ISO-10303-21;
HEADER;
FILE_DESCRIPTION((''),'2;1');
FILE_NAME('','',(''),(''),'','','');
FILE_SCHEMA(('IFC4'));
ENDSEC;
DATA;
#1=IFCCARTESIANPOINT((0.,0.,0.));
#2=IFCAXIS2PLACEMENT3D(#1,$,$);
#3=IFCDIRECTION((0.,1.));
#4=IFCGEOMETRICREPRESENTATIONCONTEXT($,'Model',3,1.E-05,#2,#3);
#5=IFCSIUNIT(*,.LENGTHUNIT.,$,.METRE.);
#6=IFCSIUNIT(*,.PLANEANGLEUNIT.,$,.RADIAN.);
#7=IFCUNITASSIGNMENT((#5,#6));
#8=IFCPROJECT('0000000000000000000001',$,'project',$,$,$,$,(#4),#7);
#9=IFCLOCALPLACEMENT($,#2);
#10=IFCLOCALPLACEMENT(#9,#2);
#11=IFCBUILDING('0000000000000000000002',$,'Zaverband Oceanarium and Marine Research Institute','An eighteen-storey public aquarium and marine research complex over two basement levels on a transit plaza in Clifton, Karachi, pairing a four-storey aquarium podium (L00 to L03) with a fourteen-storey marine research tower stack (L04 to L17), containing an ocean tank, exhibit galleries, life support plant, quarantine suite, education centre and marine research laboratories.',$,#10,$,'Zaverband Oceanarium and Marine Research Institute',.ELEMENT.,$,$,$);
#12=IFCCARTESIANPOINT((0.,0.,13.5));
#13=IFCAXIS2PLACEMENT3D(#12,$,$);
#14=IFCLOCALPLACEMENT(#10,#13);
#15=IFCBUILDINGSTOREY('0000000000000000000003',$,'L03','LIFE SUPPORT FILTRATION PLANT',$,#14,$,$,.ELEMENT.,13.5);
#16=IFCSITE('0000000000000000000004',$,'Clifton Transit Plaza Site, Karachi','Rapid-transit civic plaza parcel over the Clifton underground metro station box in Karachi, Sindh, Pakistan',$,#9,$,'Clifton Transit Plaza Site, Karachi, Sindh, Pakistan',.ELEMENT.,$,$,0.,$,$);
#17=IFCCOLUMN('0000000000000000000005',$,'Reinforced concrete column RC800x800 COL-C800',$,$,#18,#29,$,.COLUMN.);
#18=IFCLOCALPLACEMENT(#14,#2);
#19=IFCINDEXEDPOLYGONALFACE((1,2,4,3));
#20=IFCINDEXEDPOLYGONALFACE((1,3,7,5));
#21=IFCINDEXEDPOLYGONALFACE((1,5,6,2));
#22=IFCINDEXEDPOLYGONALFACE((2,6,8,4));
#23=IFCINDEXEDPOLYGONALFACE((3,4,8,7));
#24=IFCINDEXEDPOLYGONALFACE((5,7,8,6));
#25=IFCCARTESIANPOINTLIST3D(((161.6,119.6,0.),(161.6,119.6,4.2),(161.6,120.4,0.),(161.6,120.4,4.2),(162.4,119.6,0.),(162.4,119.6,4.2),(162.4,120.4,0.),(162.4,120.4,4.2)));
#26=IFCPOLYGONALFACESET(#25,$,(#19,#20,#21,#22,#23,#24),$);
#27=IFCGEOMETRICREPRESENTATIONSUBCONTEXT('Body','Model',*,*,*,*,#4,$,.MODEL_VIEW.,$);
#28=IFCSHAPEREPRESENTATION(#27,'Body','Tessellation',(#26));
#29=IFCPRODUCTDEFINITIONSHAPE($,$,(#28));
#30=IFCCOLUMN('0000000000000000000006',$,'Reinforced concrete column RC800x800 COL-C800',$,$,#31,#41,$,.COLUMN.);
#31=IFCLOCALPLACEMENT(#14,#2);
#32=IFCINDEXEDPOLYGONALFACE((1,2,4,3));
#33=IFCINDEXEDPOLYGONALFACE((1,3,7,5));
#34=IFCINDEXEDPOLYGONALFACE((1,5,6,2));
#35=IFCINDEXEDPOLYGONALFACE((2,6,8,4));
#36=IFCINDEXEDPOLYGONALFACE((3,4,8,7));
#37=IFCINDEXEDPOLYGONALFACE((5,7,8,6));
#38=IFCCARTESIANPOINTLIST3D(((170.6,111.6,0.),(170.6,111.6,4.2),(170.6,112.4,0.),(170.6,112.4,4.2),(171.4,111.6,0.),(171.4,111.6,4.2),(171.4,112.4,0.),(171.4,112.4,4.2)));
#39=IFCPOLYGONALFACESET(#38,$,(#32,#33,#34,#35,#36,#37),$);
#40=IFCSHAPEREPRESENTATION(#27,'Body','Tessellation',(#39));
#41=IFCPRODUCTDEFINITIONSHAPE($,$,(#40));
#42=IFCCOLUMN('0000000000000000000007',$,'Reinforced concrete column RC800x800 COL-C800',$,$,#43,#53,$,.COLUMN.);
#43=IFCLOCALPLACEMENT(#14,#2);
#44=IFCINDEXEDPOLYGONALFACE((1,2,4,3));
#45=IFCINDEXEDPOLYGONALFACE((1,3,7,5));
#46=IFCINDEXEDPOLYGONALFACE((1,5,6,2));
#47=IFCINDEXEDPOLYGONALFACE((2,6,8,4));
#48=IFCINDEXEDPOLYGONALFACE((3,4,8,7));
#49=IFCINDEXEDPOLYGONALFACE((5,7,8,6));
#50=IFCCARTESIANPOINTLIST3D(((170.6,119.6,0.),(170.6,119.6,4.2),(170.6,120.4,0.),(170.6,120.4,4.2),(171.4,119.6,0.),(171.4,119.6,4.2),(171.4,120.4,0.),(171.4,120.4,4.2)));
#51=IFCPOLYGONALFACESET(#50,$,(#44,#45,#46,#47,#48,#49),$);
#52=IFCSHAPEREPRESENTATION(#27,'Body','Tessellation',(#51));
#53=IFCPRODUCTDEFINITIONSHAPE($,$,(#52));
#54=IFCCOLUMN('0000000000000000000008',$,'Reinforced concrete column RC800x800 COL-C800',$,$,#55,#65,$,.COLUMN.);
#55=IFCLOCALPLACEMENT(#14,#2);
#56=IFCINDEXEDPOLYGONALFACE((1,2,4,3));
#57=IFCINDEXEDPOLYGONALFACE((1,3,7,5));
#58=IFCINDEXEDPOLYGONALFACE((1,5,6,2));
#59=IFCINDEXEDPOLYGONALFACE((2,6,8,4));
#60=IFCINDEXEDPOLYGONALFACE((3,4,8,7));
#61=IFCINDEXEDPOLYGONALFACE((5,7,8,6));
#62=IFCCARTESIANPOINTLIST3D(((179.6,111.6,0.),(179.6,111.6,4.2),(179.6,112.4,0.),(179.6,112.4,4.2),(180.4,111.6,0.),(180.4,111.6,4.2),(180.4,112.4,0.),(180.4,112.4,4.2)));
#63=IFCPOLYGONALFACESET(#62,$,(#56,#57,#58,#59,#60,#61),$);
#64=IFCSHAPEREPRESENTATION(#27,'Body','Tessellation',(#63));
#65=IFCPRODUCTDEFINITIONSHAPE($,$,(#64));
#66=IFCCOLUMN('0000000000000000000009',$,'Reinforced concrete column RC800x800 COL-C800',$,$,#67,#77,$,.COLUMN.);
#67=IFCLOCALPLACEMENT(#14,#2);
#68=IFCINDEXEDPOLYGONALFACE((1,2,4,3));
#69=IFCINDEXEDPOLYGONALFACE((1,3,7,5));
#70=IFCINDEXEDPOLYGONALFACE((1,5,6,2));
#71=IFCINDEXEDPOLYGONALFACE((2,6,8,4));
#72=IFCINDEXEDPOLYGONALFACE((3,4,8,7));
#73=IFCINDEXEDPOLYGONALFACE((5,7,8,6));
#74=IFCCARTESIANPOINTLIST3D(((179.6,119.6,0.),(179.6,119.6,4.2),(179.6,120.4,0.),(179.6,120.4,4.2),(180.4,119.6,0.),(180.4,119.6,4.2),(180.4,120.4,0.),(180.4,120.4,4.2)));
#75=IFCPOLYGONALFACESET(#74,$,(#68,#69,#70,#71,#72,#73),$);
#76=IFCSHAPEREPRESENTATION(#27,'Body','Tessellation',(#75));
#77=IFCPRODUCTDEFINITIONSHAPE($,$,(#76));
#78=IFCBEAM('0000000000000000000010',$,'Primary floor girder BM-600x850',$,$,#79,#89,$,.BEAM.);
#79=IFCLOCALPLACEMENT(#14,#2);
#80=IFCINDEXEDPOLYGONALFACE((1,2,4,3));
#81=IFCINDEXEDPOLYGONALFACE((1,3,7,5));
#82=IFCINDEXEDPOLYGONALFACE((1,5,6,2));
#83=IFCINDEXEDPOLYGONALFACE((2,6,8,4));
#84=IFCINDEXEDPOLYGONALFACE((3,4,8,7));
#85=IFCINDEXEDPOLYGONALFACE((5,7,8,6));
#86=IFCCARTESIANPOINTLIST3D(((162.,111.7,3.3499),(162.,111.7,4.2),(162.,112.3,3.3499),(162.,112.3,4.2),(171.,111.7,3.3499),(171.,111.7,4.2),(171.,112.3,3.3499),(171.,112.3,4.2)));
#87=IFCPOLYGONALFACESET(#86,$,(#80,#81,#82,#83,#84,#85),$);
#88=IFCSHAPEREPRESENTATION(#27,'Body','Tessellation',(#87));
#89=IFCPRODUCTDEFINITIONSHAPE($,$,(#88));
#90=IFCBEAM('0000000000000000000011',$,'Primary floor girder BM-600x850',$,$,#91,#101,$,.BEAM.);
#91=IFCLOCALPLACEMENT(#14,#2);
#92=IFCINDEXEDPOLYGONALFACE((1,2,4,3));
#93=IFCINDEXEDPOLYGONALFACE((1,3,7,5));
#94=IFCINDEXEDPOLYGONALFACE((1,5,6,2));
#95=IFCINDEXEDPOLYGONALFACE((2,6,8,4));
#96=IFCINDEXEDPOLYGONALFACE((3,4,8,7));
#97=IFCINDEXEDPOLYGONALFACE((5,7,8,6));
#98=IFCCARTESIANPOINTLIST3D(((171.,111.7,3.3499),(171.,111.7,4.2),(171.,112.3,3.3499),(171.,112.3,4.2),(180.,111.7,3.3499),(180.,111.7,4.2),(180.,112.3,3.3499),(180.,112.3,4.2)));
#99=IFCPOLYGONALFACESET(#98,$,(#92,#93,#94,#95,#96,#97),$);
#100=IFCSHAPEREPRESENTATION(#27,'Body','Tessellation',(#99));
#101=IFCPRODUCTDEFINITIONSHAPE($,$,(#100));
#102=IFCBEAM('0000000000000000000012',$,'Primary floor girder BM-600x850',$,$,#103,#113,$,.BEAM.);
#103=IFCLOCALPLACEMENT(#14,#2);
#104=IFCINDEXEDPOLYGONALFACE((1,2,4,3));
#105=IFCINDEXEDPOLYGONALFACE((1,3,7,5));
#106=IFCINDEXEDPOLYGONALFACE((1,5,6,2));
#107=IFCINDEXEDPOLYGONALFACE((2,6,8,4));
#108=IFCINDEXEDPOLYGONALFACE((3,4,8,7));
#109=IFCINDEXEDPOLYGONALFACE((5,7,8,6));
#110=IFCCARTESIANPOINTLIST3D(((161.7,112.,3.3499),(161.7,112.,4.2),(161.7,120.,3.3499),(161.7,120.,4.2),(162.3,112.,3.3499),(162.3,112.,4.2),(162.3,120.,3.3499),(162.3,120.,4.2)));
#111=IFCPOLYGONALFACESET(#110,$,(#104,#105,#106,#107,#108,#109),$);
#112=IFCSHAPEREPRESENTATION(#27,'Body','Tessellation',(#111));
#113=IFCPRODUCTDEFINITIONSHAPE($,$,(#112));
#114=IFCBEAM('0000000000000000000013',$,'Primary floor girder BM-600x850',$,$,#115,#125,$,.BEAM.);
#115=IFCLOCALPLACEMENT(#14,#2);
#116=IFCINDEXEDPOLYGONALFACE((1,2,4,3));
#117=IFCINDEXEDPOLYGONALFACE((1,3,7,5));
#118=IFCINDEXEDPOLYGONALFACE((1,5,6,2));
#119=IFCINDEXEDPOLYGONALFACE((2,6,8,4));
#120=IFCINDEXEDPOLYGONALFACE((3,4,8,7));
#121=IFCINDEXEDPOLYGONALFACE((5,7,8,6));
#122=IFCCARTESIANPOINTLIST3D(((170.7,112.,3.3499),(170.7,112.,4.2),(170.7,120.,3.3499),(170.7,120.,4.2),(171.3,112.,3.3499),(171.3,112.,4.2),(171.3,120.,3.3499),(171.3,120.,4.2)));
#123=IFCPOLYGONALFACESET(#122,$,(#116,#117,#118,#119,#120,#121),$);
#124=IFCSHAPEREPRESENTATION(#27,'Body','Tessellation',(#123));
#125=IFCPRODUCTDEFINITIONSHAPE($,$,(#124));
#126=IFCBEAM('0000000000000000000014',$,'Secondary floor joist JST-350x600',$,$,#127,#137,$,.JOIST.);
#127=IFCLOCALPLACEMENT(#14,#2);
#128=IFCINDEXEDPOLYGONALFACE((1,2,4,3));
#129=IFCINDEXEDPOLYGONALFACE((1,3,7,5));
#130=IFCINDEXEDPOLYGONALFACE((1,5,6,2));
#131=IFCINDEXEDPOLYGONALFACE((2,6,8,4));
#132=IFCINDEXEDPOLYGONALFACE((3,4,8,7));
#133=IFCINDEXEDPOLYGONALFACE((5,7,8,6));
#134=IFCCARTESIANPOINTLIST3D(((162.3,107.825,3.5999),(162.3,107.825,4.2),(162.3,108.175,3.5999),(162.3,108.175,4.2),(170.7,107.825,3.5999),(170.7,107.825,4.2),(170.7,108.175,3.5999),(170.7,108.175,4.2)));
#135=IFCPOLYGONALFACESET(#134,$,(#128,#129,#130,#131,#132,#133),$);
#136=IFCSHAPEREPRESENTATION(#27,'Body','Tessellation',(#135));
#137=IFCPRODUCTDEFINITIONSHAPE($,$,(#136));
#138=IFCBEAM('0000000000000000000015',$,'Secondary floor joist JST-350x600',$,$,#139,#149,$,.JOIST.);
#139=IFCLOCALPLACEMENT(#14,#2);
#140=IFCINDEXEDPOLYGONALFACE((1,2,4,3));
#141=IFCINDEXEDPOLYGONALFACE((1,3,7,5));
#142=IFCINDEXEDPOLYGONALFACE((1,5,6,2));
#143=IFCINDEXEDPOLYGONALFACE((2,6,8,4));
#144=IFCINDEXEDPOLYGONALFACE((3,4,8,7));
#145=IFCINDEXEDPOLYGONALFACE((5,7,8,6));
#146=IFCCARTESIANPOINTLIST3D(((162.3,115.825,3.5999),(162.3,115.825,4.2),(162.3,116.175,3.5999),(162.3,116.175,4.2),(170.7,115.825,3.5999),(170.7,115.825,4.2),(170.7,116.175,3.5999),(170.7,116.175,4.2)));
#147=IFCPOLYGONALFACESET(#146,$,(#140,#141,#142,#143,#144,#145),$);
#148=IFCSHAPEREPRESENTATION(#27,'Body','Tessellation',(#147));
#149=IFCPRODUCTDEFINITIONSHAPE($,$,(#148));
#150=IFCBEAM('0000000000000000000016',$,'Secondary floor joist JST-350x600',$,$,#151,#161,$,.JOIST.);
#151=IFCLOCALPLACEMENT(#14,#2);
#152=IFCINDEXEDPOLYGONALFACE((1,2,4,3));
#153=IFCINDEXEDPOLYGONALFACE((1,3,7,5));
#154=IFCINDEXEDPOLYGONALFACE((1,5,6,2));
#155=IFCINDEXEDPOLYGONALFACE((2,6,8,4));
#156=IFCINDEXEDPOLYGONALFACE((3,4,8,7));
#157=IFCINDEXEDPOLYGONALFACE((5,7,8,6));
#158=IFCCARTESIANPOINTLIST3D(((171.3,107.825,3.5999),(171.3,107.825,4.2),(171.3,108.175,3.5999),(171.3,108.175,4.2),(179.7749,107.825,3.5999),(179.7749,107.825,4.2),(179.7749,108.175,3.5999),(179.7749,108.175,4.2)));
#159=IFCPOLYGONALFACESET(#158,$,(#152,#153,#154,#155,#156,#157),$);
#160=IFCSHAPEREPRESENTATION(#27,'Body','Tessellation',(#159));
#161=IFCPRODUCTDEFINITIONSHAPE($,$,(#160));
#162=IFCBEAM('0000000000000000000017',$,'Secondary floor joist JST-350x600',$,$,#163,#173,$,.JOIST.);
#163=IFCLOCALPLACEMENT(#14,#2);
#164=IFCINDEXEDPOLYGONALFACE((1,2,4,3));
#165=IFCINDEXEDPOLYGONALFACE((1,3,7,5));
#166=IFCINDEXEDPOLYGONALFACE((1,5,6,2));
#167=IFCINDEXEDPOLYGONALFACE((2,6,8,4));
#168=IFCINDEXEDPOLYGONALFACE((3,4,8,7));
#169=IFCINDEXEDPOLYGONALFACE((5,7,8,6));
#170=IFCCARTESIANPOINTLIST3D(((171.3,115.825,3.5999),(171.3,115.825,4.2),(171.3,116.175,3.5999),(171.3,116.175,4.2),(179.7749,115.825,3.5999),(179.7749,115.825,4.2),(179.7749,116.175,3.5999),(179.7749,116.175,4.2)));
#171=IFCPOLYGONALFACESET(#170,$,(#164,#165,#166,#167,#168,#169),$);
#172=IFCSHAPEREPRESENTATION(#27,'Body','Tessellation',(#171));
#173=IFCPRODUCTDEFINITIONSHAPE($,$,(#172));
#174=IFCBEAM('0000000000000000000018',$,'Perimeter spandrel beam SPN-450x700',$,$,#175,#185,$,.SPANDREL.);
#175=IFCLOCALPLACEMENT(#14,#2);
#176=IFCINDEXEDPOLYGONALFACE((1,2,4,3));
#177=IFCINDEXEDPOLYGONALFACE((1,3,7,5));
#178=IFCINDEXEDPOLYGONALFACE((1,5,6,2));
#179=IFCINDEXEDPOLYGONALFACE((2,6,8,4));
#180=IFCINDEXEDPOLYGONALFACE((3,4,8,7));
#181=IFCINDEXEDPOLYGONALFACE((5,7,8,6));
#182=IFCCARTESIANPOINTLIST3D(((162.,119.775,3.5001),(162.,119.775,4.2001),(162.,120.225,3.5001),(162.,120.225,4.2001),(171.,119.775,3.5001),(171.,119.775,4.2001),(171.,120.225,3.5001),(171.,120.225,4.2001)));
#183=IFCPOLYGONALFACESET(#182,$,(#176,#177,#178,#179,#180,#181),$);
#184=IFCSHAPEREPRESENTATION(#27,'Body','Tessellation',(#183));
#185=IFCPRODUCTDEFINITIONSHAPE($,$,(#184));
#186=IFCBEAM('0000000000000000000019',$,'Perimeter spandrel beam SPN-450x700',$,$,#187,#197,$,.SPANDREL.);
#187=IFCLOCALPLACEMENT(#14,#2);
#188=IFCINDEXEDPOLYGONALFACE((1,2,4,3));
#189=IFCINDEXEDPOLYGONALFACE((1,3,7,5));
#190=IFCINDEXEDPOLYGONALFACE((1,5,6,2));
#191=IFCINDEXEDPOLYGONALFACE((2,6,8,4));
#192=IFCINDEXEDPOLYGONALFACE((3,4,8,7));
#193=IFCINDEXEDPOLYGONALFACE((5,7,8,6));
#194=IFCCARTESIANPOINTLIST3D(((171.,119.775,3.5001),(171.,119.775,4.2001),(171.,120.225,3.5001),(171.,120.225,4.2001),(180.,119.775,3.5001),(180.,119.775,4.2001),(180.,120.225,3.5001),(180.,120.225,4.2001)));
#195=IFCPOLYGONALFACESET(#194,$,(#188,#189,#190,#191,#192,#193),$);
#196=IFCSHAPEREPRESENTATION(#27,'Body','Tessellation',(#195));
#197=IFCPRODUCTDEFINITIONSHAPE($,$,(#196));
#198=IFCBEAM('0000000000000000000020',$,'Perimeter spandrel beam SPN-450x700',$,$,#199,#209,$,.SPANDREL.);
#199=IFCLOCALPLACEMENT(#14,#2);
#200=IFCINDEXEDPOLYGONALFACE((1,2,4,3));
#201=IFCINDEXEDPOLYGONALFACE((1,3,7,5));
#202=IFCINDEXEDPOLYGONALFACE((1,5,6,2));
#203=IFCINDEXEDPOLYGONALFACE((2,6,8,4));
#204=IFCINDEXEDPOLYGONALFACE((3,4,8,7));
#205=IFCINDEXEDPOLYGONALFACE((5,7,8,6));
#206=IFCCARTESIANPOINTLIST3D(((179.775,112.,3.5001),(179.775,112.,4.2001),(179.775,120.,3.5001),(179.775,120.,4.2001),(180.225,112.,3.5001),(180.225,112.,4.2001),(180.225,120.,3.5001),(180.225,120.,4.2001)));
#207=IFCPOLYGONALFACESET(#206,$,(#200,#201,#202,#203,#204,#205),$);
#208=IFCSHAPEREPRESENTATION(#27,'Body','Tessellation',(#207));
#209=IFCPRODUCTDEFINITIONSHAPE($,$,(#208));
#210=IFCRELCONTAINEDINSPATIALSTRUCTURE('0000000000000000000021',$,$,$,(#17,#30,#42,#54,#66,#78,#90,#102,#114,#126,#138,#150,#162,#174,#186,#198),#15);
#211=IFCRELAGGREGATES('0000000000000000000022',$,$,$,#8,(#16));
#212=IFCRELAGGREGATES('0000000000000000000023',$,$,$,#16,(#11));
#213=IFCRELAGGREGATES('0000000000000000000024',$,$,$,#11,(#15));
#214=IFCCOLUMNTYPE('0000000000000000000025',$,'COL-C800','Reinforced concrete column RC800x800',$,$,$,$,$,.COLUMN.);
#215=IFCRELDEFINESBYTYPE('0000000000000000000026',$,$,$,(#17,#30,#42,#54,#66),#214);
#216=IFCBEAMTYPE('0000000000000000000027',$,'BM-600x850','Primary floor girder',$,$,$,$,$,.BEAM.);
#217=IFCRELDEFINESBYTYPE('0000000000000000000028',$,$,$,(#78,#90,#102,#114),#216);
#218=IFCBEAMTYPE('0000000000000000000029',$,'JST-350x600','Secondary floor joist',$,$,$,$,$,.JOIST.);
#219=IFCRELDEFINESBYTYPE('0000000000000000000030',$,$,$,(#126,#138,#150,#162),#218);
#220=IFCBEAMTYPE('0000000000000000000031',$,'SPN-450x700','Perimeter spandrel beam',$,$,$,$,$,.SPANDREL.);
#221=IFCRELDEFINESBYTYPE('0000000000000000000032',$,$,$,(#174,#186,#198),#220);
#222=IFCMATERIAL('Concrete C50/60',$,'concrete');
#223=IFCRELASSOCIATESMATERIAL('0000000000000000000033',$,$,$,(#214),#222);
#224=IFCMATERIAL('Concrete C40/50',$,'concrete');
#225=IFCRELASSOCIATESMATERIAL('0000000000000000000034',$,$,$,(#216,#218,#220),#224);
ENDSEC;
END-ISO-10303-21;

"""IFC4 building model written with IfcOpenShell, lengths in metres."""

from ifc_helpers import new_model, si_unit, direction, frame, origin, origin_2d, place, context, subcontext, project, spatial, rectangle, extrude, material, material_profile, profile_set, type_object, element, save


model = new_model("IFC4")

# Units and contexts
model_context = context("Model", 3, precision=1e-05, world=origin(), true_north=direction((0.0, 1.0)))
body_context = subcontext(model_context, "Body", "Model", "MODEL_VIEW")
ifc_project = project(units=[si_unit("LENGTHUNIT", "METRE"), si_unit("PLANEANGLEUNIT", "RADIAN")], contexts=[model_context])

# Site, building, storey
site_placement = place(None, origin())
site = spatial("IfcSite", under=ifc_project, at=site_placement, Name="Clifton Transit Plaza Site, Karachi", Description="Rapid-transit civic plaza parcel over the Clifton underground metro station box in Karachi, Sindh, Pakistan", LongName="Clifton Transit Plaza Site, Karachi, Sindh, Pakistan", CompositionType="ELEMENT", RefElevation=0.0)
building_placement = place(site_placement, origin())
building = spatial("IfcBuilding", under=site, at=building_placement, Name="Zaverband Oceanarium and Marine Research Institute", Description="An eighteen-storey public aquarium and marine research complex over two basement levels on a transit plaza in Clifton, Karachi, pairing a four-storey aquarium podium (L00 to L03) with a fourteen-storey marine research tower stack (L04 to L17), containing an ocean tank, exhibit galleries, life support plant, quarantine suite, education centre and marine research laboratories.", LongName="Zaverband Oceanarium and Marine Research Institute", CompositionType="ELEMENT")
storey_placement = place(building_placement, frame((0.0, 0.0, 13.5)))
storey = spatial("IfcBuildingStorey", under=building, at=storey_placement, Name="L03", Description="LIFE SUPPORT FILTRATION PLANT", CompositionType="ELEMENT", Elevation=13.5)

# Columns
ifc_material_1 = material(Name="Concrete C50/60", Category="concrete")
ifc_material_profile_1 = material_profile(ifc_material_1, rectangle(XDim=0.8, YDim=0.8, at=origin_2d()), Name="RC800x800")
ifc_profile_set_1 = profile_set([ifc_material_profile_1], Name="Concrete C50/60")
column_type = type_object("IfcColumnType", Name="COL-C800", Description="Reinforced concrete column RC800x800", PredefinedType="COLUMN", material=ifc_profile_set_1)
for number, where, z_axis, x_axis, name in (
    (1, (162.0, 120.0, 0.0), (0.0, 0.0, 1.0), (1.0, 0.0, 0.0), "Reinforced concrete column RC800x800 COL-C800"),
    (2, (171.0, 112.0, 0.0), (0.0, 0.0, 1.0), (1.0, 0.0, 0.0), "Reinforced concrete column RC800x800 COL-C800"),
    (3, (171.0, 120.0, 0.0), (0.0, 0.0, 1.0), (1.0, 0.0, 0.0), "Reinforced concrete column RC800x800 COL-C800"),
    (4, (180.0, 112.0, 0.0), (0.0, 0.0, 1.0), (1.0, 0.0, 0.0), "Reinforced concrete column RC800x800 COL-C800"),
    (5, (180.0, 120.0, 0.0), (0.0, 0.0, 1.0), (1.0, 0.0, 0.0), "Reinforced concrete column RC800x800 COL-C800"),
):
    element("IfcColumn", number, at=place(storey_placement, frame(where, z_axis=z_axis, x_axis=x_axis)), inside=storey, type_object=column_type, Name=name, PredefinedType="COLUMN", context=body_context, shape_type="SweptSolid", body=[
        extrude(rectangle(XDim=0.8, YDim=0.8, at=origin_2d()), origin(), (0.0, 0.0, 1.0), 4.2),
    ])

# Beams
ifc_material_2 = material(Name="Concrete C40/50", Category="concrete")
ifc_material_profile_2 = material_profile(ifc_material_2, rectangle(XDim=0.6001, YDim=0.8501, at=origin_2d()), Name="RC600x850")
ifc_profile_set_2 = profile_set([ifc_material_profile_2], Name="Concrete C40/50")
beam_type_1 = type_object("IfcBeamType", Name="BM-600x850", Description="Primary floor girder", PredefinedType="BEAM", material=ifc_profile_set_2)
for number, where, z_axis, x_axis, name in (
    (6, (162.0, 112.0, 3.7749), (1.0, 0.0, 0.0), (0.0, 1.0, 0.0), "Primary floor girder BM-600x850"),
    (7, (171.0, 112.0, 3.7749), (1.0, 0.0, 0.0), (0.0, 1.0, 0.0), "Primary floor girder BM-600x850"),
):
    element("IfcBeam", number, at=place(storey_placement, frame(where, z_axis=z_axis, x_axis=x_axis)), inside=storey, type_object=beam_type_1, Name=name, PredefinedType="BEAM", context=body_context, shape_type="SweptSolid", body=[
        extrude(rectangle(XDim=0.6001, YDim=0.8501, at=origin_2d()), origin(), (0.0, 0.0, 1.0), 9.0),
    ])
for number, where, z_axis, x_axis, name in (
    (8, (162.0, 112.0, 3.7749), (0.0, 1.0, 0.0), (-1.0, 0.0, 0.0), "Primary floor girder BM-600x850"),
    (9, (171.0, 112.0, 3.7749), (0.0, 1.0, 0.0), (-1.0, 0.0, 0.0), "Primary floor girder BM-600x850"),
):
    element("IfcBeam", number, at=place(storey_placement, frame(where, z_axis=z_axis, x_axis=x_axis)), inside=storey, type_object=beam_type_1, Name=name, PredefinedType="BEAM", context=body_context, shape_type="SweptSolid", body=[
        extrude(rectangle(XDim=0.6001, YDim=0.8501, at=origin_2d()), origin(), (0.0, 0.0, 1.0), 8.0),
    ])
ifc_material_profile_3 = material_profile(ifc_material_2, rectangle(XDim=0.3501, YDim=0.6001, at=origin_2d()), Name="RC350x600")
ifc_profile_set_3 = profile_set([ifc_material_profile_3], Name="Concrete C40/50")
beam_type_2 = type_object("IfcBeamType", Name="JST-350x600", Description="Secondary floor joist", PredefinedType="JOIST", material=ifc_profile_set_3)
for number, where, z_axis, x_axis, name in (
    (10, (162.3, 108.0, 3.8999), (1.0, 0.0, 0.0), (0.0, 1.0, 0.0), "Secondary floor joist JST-350x600"),
    (11, (162.3, 116.0, 3.8999), (1.0, 0.0, 0.0), (0.0, 1.0, 0.0), "Secondary floor joist JST-350x600"),
):
    element("IfcBeam", number, at=place(storey_placement, frame(where, z_axis=z_axis, x_axis=x_axis)), inside=storey, type_object=beam_type_2, Name=name, PredefinedType="JOIST", context=body_context, shape_type="SweptSolid", body=[
        extrude(rectangle(XDim=0.3501, YDim=0.6001, at=origin_2d()), origin(), (0.0, 0.0, 1.0), 8.3999),
    ])
for number, where, z_axis, x_axis, name in (
    (12, (171.3, 108.0, 3.8999), (1.0, 0.0, 0.0), (0.0, 1.0, 0.0), "Secondary floor joist JST-350x600"),
    (13, (171.3, 116.0, 3.8999), (1.0, 0.0, 0.0), (0.0, 1.0, 0.0), "Secondary floor joist JST-350x600"),
):
    element("IfcBeam", number, at=place(storey_placement, frame(where, z_axis=z_axis, x_axis=x_axis)), inside=storey, type_object=beam_type_2, Name=name, PredefinedType="JOIST", context=body_context, shape_type="SweptSolid", body=[
        extrude(rectangle(XDim=0.3501, YDim=0.6001, at=origin_2d()), origin(), (0.0, 0.0, 1.0), 8.4749),
    ])
ifc_material_profile_4 = material_profile(ifc_material_2, rectangle(XDim=0.45, YDim=0.7, at=origin_2d()), Name="RC450x700")
ifc_profile_set_4 = profile_set([ifc_material_profile_4], Name="Concrete C40/50")
beam_type_3 = type_object("IfcBeamType", Name="SPN-450x700", Description="Perimeter spandrel beam", PredefinedType="SPANDREL", material=ifc_profile_set_4)
for number, where, z_axis, x_axis, name in (
    (14, (162.0, 120.0, 3.8501), (1.0, 0.0, 0.0), (0.0, 1.0, 0.0), "Perimeter spandrel beam SPN-450x700"),
    (15, (171.0, 120.0, 3.8501), (1.0, 0.0, 0.0), (0.0, 1.0, 0.0), "Perimeter spandrel beam SPN-450x700"),
):
    element("IfcBeam", number, at=place(storey_placement, frame(where, z_axis=z_axis, x_axis=x_axis)), inside=storey, type_object=beam_type_3, Name=name, PredefinedType="SPANDREL", context=body_context, shape_type="SweptSolid", body=[
        extrude(rectangle(XDim=0.45, YDim=0.7, at=origin_2d()), origin(), (0.0, 0.0, 1.0), 9.0),
    ])
beam_placement = place(storey_placement, frame((180.0, 112.0, 3.8501), z_axis=(0.0, 1.0, 0.0), x_axis=(-1.0, 0.0, 0.0)))
element("IfcBeam", 16, at=beam_placement, inside=storey, type_object=beam_type_3, Name="Perimeter spandrel beam SPN-450x700", PredefinedType="SPANDREL", context=body_context, shape_type="SweptSolid", body=[
    extrude(rectangle(XDim=0.45, YDim=0.7, at=origin_2d()), origin(), (0.0, 0.0, 1.0), 8.0),
])

save(model, "model.ifc")
